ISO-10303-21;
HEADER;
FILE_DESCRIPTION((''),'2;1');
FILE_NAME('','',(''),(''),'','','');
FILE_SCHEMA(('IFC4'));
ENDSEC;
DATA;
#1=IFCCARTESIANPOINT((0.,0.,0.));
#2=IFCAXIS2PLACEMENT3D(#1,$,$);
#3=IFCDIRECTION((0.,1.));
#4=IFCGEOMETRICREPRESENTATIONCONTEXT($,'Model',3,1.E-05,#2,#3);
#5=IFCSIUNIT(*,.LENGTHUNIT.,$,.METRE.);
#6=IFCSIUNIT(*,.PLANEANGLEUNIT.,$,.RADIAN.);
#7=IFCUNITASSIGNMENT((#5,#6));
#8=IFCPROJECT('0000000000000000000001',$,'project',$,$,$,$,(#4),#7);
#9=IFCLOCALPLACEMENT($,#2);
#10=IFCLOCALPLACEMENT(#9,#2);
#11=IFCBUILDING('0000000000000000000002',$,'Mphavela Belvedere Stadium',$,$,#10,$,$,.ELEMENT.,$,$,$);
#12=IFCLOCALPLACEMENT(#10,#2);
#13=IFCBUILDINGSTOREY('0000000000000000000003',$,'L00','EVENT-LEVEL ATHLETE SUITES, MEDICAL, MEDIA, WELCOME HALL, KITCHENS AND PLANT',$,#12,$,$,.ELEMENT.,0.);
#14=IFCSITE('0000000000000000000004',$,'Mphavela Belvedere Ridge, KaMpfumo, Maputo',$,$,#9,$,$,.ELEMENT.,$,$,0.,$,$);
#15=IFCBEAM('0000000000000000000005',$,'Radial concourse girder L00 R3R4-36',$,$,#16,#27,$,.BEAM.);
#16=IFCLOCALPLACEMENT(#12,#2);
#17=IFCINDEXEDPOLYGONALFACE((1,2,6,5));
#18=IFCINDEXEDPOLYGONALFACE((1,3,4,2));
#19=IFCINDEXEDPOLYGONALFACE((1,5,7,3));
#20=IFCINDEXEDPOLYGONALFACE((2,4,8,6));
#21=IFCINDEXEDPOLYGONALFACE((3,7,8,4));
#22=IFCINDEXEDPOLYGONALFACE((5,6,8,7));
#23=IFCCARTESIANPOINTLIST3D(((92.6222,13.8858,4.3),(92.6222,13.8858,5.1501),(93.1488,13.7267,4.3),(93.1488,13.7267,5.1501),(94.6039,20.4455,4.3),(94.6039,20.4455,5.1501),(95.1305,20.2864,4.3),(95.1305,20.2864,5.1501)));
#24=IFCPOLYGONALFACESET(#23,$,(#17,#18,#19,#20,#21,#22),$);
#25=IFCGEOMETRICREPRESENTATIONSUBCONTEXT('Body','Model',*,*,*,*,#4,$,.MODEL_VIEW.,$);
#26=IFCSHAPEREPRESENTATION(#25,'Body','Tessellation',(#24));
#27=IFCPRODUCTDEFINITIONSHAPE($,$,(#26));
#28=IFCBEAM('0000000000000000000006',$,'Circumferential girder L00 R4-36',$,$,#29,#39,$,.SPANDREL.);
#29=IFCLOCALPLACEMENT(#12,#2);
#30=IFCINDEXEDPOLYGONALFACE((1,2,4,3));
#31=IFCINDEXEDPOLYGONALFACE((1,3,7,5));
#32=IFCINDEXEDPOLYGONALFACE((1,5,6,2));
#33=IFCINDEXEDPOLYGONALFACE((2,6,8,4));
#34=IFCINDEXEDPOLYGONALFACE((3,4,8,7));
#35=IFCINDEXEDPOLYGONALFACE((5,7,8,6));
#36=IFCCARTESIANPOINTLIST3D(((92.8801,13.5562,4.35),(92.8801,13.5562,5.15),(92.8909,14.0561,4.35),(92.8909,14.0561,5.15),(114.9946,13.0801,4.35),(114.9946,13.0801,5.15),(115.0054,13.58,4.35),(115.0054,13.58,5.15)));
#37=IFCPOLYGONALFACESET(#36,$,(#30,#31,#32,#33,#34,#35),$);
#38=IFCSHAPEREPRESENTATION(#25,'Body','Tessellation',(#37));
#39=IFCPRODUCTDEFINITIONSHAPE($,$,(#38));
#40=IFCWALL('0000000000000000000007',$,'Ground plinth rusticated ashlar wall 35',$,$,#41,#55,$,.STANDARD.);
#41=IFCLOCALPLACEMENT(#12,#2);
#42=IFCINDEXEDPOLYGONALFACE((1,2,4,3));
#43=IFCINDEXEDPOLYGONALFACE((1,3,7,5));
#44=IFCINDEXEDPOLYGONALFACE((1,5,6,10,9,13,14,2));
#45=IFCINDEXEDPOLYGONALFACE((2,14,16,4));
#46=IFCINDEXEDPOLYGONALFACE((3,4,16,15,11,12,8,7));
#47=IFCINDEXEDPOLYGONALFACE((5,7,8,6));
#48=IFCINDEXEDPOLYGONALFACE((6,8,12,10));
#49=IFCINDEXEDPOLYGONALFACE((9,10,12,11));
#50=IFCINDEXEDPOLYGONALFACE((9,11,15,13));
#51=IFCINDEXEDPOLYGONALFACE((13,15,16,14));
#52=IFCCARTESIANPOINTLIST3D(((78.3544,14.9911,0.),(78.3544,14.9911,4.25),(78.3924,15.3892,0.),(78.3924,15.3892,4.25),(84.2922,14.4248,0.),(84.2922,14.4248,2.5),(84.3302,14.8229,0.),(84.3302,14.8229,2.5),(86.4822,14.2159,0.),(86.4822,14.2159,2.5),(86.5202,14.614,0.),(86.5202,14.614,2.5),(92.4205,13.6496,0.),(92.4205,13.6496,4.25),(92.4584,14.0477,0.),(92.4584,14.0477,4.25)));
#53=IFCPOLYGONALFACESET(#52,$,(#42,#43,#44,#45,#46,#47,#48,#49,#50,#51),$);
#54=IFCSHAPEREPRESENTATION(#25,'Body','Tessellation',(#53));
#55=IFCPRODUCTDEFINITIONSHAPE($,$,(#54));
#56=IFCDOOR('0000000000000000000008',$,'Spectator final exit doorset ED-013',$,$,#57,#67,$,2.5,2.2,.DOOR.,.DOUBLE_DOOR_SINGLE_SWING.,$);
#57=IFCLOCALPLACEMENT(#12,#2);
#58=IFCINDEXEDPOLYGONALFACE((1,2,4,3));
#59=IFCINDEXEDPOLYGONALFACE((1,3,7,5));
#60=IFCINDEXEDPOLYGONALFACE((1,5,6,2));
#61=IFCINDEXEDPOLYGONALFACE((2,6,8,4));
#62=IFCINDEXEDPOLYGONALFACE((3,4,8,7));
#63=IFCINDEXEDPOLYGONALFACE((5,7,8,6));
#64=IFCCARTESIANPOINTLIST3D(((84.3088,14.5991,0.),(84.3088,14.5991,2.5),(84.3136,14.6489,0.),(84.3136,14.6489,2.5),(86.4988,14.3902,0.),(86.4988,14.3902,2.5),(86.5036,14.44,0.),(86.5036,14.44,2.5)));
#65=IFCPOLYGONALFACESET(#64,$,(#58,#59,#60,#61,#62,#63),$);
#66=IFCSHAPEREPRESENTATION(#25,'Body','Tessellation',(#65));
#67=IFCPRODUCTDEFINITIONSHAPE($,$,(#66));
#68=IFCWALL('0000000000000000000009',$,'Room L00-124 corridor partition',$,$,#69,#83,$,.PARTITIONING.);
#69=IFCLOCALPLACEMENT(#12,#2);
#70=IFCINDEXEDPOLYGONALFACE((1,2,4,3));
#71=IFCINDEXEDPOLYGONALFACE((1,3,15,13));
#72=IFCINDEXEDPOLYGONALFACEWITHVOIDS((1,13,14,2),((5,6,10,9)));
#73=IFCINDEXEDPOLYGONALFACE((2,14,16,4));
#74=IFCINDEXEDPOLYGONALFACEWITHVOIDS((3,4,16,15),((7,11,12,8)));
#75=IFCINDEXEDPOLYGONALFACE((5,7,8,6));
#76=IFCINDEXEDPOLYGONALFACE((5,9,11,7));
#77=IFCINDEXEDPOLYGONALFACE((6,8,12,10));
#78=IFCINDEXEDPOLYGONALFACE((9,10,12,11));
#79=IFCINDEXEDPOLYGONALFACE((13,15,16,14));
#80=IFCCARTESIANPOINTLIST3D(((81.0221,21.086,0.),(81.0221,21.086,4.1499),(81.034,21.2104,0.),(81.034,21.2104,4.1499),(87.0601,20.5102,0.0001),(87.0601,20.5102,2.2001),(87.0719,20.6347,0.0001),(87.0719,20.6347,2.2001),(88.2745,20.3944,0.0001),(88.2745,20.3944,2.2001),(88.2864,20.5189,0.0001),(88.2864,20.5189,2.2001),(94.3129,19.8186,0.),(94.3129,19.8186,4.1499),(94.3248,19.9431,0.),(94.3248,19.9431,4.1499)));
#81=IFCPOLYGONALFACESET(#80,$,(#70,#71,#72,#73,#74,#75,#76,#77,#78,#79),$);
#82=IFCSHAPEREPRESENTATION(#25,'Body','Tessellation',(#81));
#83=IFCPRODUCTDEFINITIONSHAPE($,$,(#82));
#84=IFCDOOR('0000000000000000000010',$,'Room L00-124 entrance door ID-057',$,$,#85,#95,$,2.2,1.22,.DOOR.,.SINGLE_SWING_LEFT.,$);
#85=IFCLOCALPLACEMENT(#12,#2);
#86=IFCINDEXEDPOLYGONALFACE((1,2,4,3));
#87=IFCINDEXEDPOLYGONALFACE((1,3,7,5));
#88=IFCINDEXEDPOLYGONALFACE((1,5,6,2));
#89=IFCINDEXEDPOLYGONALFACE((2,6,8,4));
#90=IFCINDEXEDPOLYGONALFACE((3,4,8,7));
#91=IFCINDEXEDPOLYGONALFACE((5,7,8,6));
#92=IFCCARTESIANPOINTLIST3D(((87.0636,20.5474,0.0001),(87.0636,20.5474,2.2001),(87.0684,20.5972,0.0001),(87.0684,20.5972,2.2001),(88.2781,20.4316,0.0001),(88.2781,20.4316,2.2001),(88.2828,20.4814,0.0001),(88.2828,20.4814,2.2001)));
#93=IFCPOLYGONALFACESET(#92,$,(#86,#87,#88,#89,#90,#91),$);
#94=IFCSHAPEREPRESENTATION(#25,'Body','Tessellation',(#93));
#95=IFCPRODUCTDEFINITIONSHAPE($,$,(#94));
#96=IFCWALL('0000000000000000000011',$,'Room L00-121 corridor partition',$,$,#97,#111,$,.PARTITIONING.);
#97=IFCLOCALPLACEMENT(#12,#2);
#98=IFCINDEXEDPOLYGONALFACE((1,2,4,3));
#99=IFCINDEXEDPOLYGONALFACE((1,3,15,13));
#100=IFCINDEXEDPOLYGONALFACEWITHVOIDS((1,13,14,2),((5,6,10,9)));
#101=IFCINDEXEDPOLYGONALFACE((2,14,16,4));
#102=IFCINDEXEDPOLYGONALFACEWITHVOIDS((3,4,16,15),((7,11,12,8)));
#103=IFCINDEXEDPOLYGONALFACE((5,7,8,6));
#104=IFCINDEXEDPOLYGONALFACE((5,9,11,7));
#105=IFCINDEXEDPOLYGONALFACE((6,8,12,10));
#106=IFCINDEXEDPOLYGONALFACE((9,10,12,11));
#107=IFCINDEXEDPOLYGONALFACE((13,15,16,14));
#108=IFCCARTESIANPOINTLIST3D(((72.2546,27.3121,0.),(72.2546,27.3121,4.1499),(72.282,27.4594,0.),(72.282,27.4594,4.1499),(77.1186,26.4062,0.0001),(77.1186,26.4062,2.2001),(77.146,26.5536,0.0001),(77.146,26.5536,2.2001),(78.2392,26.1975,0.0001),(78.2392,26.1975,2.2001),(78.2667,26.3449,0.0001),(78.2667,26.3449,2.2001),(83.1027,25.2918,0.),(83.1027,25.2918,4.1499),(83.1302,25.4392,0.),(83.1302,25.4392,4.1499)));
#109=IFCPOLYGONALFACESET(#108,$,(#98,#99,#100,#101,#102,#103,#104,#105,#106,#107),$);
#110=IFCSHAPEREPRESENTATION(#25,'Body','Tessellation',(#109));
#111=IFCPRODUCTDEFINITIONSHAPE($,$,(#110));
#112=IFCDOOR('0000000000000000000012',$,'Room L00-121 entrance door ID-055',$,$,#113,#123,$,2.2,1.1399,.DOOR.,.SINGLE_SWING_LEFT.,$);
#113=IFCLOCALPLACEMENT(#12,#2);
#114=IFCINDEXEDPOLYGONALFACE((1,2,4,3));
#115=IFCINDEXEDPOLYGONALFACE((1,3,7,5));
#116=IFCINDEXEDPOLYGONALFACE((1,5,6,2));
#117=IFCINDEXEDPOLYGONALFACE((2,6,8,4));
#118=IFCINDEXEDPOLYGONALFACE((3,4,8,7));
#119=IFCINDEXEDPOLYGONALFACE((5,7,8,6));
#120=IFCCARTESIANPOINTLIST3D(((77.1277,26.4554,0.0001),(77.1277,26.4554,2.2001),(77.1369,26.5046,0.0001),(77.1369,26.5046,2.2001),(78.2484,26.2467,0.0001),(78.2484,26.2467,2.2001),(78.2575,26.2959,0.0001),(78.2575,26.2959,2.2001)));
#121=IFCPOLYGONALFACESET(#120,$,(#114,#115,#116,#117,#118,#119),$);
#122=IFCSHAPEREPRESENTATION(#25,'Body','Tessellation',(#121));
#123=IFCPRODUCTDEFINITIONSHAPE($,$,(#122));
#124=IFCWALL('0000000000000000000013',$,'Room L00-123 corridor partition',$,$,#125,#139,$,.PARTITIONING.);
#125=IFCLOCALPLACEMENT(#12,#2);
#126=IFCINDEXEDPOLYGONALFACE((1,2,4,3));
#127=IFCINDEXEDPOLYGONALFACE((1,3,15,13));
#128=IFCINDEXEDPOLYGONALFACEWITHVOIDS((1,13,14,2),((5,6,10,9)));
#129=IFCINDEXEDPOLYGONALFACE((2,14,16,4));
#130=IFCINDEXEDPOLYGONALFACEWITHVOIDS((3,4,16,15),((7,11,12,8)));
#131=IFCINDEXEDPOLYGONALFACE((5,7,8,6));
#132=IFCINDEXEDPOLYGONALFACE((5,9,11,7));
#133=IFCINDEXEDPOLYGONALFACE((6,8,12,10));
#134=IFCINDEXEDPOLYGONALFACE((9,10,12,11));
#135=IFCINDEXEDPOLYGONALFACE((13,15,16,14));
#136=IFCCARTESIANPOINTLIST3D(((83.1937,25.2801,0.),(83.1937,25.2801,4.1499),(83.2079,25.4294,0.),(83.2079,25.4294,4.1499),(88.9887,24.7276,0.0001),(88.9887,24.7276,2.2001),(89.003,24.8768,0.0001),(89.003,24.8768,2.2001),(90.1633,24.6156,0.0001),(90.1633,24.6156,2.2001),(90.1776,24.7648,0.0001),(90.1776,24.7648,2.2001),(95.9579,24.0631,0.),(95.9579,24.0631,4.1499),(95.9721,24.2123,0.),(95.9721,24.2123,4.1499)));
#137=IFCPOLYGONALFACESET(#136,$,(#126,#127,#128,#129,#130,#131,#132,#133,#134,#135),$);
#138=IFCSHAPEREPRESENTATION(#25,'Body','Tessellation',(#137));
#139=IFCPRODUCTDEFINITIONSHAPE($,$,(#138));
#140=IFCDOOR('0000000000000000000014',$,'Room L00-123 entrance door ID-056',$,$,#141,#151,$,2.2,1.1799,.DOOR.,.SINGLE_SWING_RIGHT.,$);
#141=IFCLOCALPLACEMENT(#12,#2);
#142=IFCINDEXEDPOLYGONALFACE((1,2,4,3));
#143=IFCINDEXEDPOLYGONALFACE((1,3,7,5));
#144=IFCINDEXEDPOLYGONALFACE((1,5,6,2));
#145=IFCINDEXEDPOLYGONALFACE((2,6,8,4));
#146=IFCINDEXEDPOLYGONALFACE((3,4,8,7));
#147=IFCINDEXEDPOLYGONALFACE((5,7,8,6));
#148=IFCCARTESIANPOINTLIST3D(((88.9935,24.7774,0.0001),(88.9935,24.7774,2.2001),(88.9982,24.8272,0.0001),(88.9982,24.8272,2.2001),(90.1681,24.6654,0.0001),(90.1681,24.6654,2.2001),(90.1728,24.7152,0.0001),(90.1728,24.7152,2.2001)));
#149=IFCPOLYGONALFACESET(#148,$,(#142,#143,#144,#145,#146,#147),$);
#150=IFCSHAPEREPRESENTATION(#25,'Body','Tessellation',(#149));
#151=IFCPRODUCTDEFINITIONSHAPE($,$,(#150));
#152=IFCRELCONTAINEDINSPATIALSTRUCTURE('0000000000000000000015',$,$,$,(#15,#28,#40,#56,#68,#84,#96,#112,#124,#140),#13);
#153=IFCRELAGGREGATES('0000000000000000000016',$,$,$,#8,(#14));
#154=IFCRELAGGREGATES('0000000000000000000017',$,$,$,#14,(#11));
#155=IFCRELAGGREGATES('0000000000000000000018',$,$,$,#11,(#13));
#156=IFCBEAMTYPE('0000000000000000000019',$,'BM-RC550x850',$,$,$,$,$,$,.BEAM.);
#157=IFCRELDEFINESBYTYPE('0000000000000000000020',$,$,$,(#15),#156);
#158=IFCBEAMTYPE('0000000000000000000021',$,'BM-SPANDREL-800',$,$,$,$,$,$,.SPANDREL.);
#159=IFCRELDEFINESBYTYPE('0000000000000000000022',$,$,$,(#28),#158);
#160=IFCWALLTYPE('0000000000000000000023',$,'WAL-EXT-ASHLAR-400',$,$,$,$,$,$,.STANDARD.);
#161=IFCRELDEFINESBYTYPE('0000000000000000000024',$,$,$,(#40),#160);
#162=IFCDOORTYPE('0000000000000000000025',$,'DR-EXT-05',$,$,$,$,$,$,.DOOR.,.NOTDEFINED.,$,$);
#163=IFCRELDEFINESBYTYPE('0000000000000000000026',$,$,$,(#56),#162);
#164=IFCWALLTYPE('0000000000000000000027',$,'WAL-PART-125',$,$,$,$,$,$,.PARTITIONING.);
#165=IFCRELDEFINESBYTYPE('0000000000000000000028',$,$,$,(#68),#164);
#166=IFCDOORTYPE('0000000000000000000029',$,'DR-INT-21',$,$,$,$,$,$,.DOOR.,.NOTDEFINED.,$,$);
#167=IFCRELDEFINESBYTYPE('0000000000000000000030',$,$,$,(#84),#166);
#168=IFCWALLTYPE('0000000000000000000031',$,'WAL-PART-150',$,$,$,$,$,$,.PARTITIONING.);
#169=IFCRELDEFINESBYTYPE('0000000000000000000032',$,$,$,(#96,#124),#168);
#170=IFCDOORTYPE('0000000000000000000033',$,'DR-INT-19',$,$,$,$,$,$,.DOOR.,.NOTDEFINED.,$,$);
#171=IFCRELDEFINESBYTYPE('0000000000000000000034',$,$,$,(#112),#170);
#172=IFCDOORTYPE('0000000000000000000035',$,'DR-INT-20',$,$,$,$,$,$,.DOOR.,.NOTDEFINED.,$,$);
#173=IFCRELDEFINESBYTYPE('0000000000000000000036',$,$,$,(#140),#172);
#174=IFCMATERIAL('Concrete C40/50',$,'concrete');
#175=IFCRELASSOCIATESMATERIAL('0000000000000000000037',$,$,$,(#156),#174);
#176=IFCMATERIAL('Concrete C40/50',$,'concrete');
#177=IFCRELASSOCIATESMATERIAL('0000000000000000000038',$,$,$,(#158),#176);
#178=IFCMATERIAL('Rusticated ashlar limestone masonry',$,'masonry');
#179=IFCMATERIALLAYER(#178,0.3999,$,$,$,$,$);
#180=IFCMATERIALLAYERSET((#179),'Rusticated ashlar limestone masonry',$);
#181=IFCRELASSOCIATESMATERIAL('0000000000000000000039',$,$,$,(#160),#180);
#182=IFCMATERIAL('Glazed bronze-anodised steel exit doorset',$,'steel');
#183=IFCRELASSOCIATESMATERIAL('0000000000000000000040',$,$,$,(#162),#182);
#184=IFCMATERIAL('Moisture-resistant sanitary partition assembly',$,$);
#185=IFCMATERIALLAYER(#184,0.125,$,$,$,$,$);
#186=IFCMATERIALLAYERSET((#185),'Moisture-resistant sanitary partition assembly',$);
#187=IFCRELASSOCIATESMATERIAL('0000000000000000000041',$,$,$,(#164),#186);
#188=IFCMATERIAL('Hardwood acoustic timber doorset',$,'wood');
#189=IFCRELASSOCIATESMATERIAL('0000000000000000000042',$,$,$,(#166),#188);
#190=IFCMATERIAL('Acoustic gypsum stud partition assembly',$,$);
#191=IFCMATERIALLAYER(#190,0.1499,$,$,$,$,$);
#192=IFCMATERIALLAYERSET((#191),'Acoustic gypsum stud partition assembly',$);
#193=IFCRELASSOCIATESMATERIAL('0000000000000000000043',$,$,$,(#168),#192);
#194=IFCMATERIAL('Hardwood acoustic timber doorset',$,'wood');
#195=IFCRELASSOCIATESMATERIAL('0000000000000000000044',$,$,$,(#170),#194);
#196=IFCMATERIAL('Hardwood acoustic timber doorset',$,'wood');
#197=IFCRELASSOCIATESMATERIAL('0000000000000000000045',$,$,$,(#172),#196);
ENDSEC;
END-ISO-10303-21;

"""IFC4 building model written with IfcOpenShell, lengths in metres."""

from ifc_helpers import new_model, si_unit, direction, frame, frame_2d, origin, origin_2d, place, context, subcontext, project, spatial, rectangle, extrude, material, layer, layer_set, material_profile, profile_set, type_object, element, fill, save


model = new_model("IFC4")

# Units and contexts
model_context = context("Model", 3, precision=1e-05, world=origin(), true_north=direction((0.0, 1.0)))
body_context = subcontext(model_context, "Body", "Model", "MODEL_VIEW")
ifc_project = project(units=[si_unit("LENGTHUNIT", "METRE"), si_unit("PLANEANGLEUNIT", "RADIAN")], contexts=[model_context])

# Site, building, storey
site_placement = place(None, origin())
site = spatial("IfcSite", under=ifc_project, at=site_placement, Name="Mphavela Belvedere Ridge, KaMpfumo, Maputo", CompositionType="ELEMENT", RefElevation=0.0)
building_placement = place(site_placement, origin())
building = spatial("IfcBuilding", under=site, at=building_placement, Name="Mphavela Belvedere Stadium", CompositionType="ELEMENT")
storey_placement = place(building_placement, origin())
storey = spatial("IfcBuildingStorey", under=building, at=storey_placement, Name="L00", Description="EVENT-LEVEL ATHLETE SUITES, MEDICAL, MEDIA, WELCOME HALL, KITCHENS AND PLANT", CompositionType="ELEMENT", Elevation=0.0)

# Beams
ifc_material_1 = material(Name="Concrete C40/50", Category="concrete")
ifc_material_profile_1 = material_profile(ifc_material_1, rectangle(XDim=0.55, YDim=0.8501, at=origin_2d()), Name="RC 550x850")
ifc_profile_set_1 = profile_set([ifc_material_profile_1], Name="Concrete C40/50")
beam_type_1 = type_object("IfcBeamType", Name="BM-RC550x850", PredefinedType="BEAM", material=ifc_profile_set_1)
beam_1_placement = place(storey_placement, frame((94.8672, 20.366, 4.7251), z_axis=(-0.289188, -0.957272, 0.0), x_axis=(0.957272, -0.289188, 0.0)))
element("IfcBeam", 1, at=beam_1_placement, inside=storey, type_object=beam_type_1, Name="Radial concourse girder L00 R3R4-36", PredefinedType="BEAM", context=body_context, shape_type="SweptSolid", body=[
    extrude(rectangle(XDim=0.55, YDim=0.8501, at=origin_2d()), origin(), (0.0, 0.0, 1.0), 6.8525),
])
ifc_material_2 = material(Name="Concrete C40/50", Category="concrete")
ifc_material_profile_2 = material_profile(ifc_material_2, rectangle(XDim=0.5, YDim=0.8, at=origin_2d()), Name="RC 500x800")
ifc_profile_set_2 = profile_set([ifc_material_profile_2], Name="Concrete C40/50")
beam_type_2 = type_object("IfcBeamType", Name="BM-SPANDREL-800", PredefinedType="SPANDREL", material=ifc_profile_set_2)
beam_2_placement = place(storey_placement, frame((92.8855, 13.8062, 4.75), z_axis=(0.999768, -0.021523, 0.0), x_axis=(0.021523, 0.999768, 0.0)))
element("IfcBeam", 2, at=beam_2_placement, inside=storey, type_object=beam_type_2, Name="Circumferential girder L00 R4-36", PredefinedType="SPANDREL", context=body_context, shape_type="SweptSolid", body=[
    extrude(rectangle(XDim=0.5, YDim=0.8, at=origin_2d()), origin(), (0.0, 0.0, 1.0), 22.1196),
])

# Walls, openings, doors
ifc_material_3 = material(Name="Rusticated ashlar limestone masonry", Category="masonry")
ifc_layer_1 = layer(ifc_material_3, 0.3999)
ifc_layer_set_1 = layer_set([ifc_layer_1], Name="Rusticated ashlar limestone masonry")
wall_type_1 = type_object("IfcWallType", Name="WAL-EXT-ASHLAR-400", PredefinedType="STANDARD", material=ifc_layer_set_1)
wall_1_placement = place(storey_placement, frame((92.4395, 13.8486, 0.0), z_axis=(0.0, 0.0, 1.0), x_axis=(-0.995483, 0.094944, 0.0)))
wall_1 = element("IfcWall", 3, at=wall_1_placement, inside=storey, type_object=wall_type_1, Name="Ground plinth rusticated ashlar wall 35", PredefinedType="STANDARD", context=body_context, shape_type="SweptSolid", body=[
    extrude(rectangle(XDim=14.1299, YDim=0.3999, at=frame_2d((7.0649, 0.0))), origin(), (0.0, 0.0, 1.0), 4.25),
])
opening_1_placement = place(wall_1_placement, frame((5.9651, 0.0, 0.0)))
opening_1 = element("IfcOpeningElement", 4, at=opening_1_placement, cuts=wall_1, PredefinedType="OPENING", context=body_context, shape_type="SweptSolid", body=[
    extrude(rectangle(XDim=2.2, YDim=2.5, at=frame_2d((1.1001, 1.25))), frame((0.0, 0.21, 0.0), z_axis=(0.0, -1.0, 0.0), x_axis=(1.0, 0.0, 0.0)), (0.0, 0.0, 1.0), 0.4199),
])
ifc_material_4 = material(Name="Glazed bronze-anodised steel exit doorset", Category="steel")
door_type_1 = type_object("IfcDoorType", Name="DR-EXT-05", OperationType="NOTDEFINED", PredefinedType="DOOR", material=ifc_material_4)
door_1_placement = place(opening_1_placement, origin())
door_1 = element("IfcDoor", 5, at=door_1_placement, inside=storey, type_object=door_type_1, Name="Spectator final exit doorset ED-013", OperationType="DOUBLE_DOOR_SINGLE_SWING", OverallHeight=2.5, OverallWidth=2.2, PredefinedType="DOOR", context=body_context, shape_type="SweptSolid", body=[
    extrude(rectangle(XDim=2.2, YDim=2.5, at=frame_2d((1.1001, 1.25))), frame((0.0, 0.0249, 0.0), z_axis=(0.0, -1.0, 0.0), x_axis=(1.0, 0.0, 0.0)), (0.0, 0.0, 1.0), 0.05),
])
fill(opening_1, door_1)
ifc_material_5 = material(Name="Moisture-resistant sanitary partition assembly")
ifc_layer_2 = layer(ifc_material_5, 0.125)
ifc_layer_set_2 = layer_set([ifc_layer_2], Name="Moisture-resistant sanitary partition assembly")
wall_type_2 = type_object("IfcWallType", Name="WAL-PART-125", PredefinedType="PARTITIONING", material=ifc_layer_set_2)
wall_2_placement = place(storey_placement, frame((81.0281, 21.1482, 0.0), z_axis=(0.0, 0.0, 1.0), x_axis=(0.995485, -0.094924, 0.0)))
wall_2 = element("IfcWall", 6, at=wall_2_placement, inside=storey, type_object=wall_type_2, Name="Room L00-124 corridor partition", PredefinedType="PARTITIONING", context=body_context, shape_type="SweptSolid", body=[
    extrude(rectangle(XDim=13.3511, YDim=0.125, at=frame_2d((6.6755, 0.0))), origin(), (0.0, 0.0, 1.0), 4.1499),
])
opening_2_placement = place(wall_2_placement, frame((6.0654, 0.0, 0.0)))
opening_2 = element("IfcOpeningElement", 7, at=opening_2_placement, cuts=wall_2, PredefinedType="OPENING", context=body_context, shape_type="SweptSolid", body=[
    extrude(rectangle(XDim=1.22, YDim=2.2, at=frame_2d((0.6099, 1.1001))), frame((0.0, 0.0725, 0.0), z_axis=(0.0, -1.0, 0.0), x_axis=(1.0, 0.0, 0.0)), (0.0, 0.0, 1.0), 0.145),
])
ifc_material_6 = material(Name="Hardwood acoustic timber doorset", Category="wood")
door_type_2 = type_object("IfcDoorType", Name="DR-INT-21", OperationType="NOTDEFINED", PredefinedType="DOOR", material=ifc_material_6)
door_2_placement = place(opening_2_placement, origin())
door_2 = element("IfcDoor", 8, at=door_2_placement, inside=storey, type_object=door_type_2, Name="Room L00-124 entrance door ID-057", OperationType="SINGLE_SWING_LEFT", OverallHeight=2.2, OverallWidth=1.22, PredefinedType="DOOR", context=body_context, shape_type="SweptSolid", body=[
    extrude(rectangle(XDim=1.22, YDim=2.2, at=frame_2d((0.6099, 1.1001))), frame((0.0, 0.0249, 0.0), z_axis=(0.0, -1.0, 0.0), x_axis=(1.0, 0.0, 0.0)), (0.0, 0.0, 1.0), 0.05),
])
fill(opening_2, door_2)
ifc_material_7 = material(Name="Acoustic gypsum stud partition assembly")
ifc_layer_3 = layer(ifc_material_7, 0.1499)
ifc_layer_set_3 = layer_set([ifc_layer_3], Name="Acoustic gypsum stud partition assembly")
wall_type_3 = type_object("IfcWallType", Name="WAL-PART-150", PredefinedType="PARTITIONING", material=ifc_layer_set_3)
wall_3_placement = place(storey_placement, frame((83.1165, 25.3655, 0.0), z_axis=(0.0, 0.0, 1.0), x_axis=(-0.983097, 0.183083, 0.0)))
wall_3 = element("IfcWall", 9, at=wall_3_placement, inside=storey, type_object=wall_type_3, Name="Room L00-121 corridor partition", PredefinedType="PARTITIONING", context=body_context, shape_type="SweptSolid", body=[
    extrude(rectangle(XDim=11.0347, YDim=0.1499, at=frame_2d((5.5173, 0.0))), origin(), (0.0, 0.0, 1.0), 4.1499),
])
opening_3_placement = place(wall_3_placement, frame((4.9473, 0.0, 0.0)))
opening_3 = element("IfcOpeningElement", 10, at=opening_3_placement, cuts=wall_3, PredefinedType="OPENING", context=body_context, shape_type="SweptSolid", body=[
    extrude(rectangle(XDim=1.1399, YDim=2.2, at=frame_2d((0.5698, 1.1001))), frame((0.0, 0.085, 0.0), z_axis=(0.0, -1.0, 0.0), x_axis=(1.0, 0.0, 0.0)), (0.0, 0.0, 1.0), 0.1699),
])
ifc_material_8 = material(Name="Hardwood acoustic timber doorset", Category="wood")
door_type_3 = type_object("IfcDoorType", Name="DR-INT-19", OperationType="NOTDEFINED", PredefinedType="DOOR", material=ifc_material_8)
door_3_placement = place(opening_3_placement, origin())
door_3 = element("IfcDoor", 11, at=door_3_placement, inside=storey, type_object=door_type_3, Name="Room L00-121 entrance door ID-055", OperationType="SINGLE_SWING_LEFT", OverallHeight=2.2, OverallWidth=1.1399, PredefinedType="DOOR", context=body_context, shape_type="SweptSolid", body=[
    extrude(rectangle(XDim=1.1399, YDim=2.2, at=frame_2d((0.5698, 1.1001))), frame((0.0, 0.0249, 0.0), z_axis=(0.0, -1.0, 0.0), x_axis=(1.0, 0.0, 0.0)), (0.0, 0.0, 1.0), 0.05),
])
fill(opening_3, door_3)
wall_4_placement = place(storey_placement, frame((95.9651, 24.1377, 0.0), z_axis=(0.0, 0.0, 1.0), x_axis=(-0.995485, 0.094918, 0.0)))
wall_4 = element("IfcWall", 12, at=wall_4_placement, inside=storey, type_object=wall_type_3, Name="Room L00-123 corridor partition", PredefinedType="PARTITIONING", context=body_context, shape_type="SweptSolid", body=[
    extrude(rectangle(XDim=12.822, YDim=0.1499, at=frame_2d((6.4111, 0.0))), origin(), (0.0, 0.0, 1.0), 4.1499),
])
opening_4_placement = place(wall_4_placement, frame((5.821, 0.0, 0.0)))
opening_4 = element("IfcOpeningElement", 13, at=opening_4_placement, cuts=wall_4, PredefinedType="OPENING", context=body_context, shape_type="SweptSolid", body=[
    extrude(rectangle(XDim=1.1799, YDim=2.2, at=frame_2d((0.5898, 1.1001))), frame((0.0, 0.085, 0.0), z_axis=(0.0, -1.0, 0.0), x_axis=(1.0, 0.0, 0.0)), (0.0, 0.0, 1.0), 0.1699),
])
ifc_material_9 = material(Name="Hardwood acoustic timber doorset", Category="wood")
door_type_4 = type_object("IfcDoorType", Name="DR-INT-20", OperationType="NOTDEFINED", PredefinedType="DOOR", material=ifc_material_9)
door_4_placement = place(opening_4_placement, origin())
door_4 = element("IfcDoor", 14, at=door_4_placement, inside=storey, type_object=door_type_4, Name="Room L00-123 entrance door ID-056", OperationType="SINGLE_SWING_RIGHT", OverallHeight=2.2, OverallWidth=1.1799, PredefinedType="DOOR", context=body_context, shape_type="SweptSolid", body=[
    extrude(rectangle(XDim=1.1799, YDim=2.2, at=frame_2d((0.5898, 1.1001))), frame((0.0, 0.0249, 0.0), z_axis=(0.0, -1.0, 0.0), x_axis=(1.0, 0.0, 0.0)), (0.0, 0.0, 1.0), 0.05),
])
fill(opening_4, door_4)

save(model, "model.ifc")
